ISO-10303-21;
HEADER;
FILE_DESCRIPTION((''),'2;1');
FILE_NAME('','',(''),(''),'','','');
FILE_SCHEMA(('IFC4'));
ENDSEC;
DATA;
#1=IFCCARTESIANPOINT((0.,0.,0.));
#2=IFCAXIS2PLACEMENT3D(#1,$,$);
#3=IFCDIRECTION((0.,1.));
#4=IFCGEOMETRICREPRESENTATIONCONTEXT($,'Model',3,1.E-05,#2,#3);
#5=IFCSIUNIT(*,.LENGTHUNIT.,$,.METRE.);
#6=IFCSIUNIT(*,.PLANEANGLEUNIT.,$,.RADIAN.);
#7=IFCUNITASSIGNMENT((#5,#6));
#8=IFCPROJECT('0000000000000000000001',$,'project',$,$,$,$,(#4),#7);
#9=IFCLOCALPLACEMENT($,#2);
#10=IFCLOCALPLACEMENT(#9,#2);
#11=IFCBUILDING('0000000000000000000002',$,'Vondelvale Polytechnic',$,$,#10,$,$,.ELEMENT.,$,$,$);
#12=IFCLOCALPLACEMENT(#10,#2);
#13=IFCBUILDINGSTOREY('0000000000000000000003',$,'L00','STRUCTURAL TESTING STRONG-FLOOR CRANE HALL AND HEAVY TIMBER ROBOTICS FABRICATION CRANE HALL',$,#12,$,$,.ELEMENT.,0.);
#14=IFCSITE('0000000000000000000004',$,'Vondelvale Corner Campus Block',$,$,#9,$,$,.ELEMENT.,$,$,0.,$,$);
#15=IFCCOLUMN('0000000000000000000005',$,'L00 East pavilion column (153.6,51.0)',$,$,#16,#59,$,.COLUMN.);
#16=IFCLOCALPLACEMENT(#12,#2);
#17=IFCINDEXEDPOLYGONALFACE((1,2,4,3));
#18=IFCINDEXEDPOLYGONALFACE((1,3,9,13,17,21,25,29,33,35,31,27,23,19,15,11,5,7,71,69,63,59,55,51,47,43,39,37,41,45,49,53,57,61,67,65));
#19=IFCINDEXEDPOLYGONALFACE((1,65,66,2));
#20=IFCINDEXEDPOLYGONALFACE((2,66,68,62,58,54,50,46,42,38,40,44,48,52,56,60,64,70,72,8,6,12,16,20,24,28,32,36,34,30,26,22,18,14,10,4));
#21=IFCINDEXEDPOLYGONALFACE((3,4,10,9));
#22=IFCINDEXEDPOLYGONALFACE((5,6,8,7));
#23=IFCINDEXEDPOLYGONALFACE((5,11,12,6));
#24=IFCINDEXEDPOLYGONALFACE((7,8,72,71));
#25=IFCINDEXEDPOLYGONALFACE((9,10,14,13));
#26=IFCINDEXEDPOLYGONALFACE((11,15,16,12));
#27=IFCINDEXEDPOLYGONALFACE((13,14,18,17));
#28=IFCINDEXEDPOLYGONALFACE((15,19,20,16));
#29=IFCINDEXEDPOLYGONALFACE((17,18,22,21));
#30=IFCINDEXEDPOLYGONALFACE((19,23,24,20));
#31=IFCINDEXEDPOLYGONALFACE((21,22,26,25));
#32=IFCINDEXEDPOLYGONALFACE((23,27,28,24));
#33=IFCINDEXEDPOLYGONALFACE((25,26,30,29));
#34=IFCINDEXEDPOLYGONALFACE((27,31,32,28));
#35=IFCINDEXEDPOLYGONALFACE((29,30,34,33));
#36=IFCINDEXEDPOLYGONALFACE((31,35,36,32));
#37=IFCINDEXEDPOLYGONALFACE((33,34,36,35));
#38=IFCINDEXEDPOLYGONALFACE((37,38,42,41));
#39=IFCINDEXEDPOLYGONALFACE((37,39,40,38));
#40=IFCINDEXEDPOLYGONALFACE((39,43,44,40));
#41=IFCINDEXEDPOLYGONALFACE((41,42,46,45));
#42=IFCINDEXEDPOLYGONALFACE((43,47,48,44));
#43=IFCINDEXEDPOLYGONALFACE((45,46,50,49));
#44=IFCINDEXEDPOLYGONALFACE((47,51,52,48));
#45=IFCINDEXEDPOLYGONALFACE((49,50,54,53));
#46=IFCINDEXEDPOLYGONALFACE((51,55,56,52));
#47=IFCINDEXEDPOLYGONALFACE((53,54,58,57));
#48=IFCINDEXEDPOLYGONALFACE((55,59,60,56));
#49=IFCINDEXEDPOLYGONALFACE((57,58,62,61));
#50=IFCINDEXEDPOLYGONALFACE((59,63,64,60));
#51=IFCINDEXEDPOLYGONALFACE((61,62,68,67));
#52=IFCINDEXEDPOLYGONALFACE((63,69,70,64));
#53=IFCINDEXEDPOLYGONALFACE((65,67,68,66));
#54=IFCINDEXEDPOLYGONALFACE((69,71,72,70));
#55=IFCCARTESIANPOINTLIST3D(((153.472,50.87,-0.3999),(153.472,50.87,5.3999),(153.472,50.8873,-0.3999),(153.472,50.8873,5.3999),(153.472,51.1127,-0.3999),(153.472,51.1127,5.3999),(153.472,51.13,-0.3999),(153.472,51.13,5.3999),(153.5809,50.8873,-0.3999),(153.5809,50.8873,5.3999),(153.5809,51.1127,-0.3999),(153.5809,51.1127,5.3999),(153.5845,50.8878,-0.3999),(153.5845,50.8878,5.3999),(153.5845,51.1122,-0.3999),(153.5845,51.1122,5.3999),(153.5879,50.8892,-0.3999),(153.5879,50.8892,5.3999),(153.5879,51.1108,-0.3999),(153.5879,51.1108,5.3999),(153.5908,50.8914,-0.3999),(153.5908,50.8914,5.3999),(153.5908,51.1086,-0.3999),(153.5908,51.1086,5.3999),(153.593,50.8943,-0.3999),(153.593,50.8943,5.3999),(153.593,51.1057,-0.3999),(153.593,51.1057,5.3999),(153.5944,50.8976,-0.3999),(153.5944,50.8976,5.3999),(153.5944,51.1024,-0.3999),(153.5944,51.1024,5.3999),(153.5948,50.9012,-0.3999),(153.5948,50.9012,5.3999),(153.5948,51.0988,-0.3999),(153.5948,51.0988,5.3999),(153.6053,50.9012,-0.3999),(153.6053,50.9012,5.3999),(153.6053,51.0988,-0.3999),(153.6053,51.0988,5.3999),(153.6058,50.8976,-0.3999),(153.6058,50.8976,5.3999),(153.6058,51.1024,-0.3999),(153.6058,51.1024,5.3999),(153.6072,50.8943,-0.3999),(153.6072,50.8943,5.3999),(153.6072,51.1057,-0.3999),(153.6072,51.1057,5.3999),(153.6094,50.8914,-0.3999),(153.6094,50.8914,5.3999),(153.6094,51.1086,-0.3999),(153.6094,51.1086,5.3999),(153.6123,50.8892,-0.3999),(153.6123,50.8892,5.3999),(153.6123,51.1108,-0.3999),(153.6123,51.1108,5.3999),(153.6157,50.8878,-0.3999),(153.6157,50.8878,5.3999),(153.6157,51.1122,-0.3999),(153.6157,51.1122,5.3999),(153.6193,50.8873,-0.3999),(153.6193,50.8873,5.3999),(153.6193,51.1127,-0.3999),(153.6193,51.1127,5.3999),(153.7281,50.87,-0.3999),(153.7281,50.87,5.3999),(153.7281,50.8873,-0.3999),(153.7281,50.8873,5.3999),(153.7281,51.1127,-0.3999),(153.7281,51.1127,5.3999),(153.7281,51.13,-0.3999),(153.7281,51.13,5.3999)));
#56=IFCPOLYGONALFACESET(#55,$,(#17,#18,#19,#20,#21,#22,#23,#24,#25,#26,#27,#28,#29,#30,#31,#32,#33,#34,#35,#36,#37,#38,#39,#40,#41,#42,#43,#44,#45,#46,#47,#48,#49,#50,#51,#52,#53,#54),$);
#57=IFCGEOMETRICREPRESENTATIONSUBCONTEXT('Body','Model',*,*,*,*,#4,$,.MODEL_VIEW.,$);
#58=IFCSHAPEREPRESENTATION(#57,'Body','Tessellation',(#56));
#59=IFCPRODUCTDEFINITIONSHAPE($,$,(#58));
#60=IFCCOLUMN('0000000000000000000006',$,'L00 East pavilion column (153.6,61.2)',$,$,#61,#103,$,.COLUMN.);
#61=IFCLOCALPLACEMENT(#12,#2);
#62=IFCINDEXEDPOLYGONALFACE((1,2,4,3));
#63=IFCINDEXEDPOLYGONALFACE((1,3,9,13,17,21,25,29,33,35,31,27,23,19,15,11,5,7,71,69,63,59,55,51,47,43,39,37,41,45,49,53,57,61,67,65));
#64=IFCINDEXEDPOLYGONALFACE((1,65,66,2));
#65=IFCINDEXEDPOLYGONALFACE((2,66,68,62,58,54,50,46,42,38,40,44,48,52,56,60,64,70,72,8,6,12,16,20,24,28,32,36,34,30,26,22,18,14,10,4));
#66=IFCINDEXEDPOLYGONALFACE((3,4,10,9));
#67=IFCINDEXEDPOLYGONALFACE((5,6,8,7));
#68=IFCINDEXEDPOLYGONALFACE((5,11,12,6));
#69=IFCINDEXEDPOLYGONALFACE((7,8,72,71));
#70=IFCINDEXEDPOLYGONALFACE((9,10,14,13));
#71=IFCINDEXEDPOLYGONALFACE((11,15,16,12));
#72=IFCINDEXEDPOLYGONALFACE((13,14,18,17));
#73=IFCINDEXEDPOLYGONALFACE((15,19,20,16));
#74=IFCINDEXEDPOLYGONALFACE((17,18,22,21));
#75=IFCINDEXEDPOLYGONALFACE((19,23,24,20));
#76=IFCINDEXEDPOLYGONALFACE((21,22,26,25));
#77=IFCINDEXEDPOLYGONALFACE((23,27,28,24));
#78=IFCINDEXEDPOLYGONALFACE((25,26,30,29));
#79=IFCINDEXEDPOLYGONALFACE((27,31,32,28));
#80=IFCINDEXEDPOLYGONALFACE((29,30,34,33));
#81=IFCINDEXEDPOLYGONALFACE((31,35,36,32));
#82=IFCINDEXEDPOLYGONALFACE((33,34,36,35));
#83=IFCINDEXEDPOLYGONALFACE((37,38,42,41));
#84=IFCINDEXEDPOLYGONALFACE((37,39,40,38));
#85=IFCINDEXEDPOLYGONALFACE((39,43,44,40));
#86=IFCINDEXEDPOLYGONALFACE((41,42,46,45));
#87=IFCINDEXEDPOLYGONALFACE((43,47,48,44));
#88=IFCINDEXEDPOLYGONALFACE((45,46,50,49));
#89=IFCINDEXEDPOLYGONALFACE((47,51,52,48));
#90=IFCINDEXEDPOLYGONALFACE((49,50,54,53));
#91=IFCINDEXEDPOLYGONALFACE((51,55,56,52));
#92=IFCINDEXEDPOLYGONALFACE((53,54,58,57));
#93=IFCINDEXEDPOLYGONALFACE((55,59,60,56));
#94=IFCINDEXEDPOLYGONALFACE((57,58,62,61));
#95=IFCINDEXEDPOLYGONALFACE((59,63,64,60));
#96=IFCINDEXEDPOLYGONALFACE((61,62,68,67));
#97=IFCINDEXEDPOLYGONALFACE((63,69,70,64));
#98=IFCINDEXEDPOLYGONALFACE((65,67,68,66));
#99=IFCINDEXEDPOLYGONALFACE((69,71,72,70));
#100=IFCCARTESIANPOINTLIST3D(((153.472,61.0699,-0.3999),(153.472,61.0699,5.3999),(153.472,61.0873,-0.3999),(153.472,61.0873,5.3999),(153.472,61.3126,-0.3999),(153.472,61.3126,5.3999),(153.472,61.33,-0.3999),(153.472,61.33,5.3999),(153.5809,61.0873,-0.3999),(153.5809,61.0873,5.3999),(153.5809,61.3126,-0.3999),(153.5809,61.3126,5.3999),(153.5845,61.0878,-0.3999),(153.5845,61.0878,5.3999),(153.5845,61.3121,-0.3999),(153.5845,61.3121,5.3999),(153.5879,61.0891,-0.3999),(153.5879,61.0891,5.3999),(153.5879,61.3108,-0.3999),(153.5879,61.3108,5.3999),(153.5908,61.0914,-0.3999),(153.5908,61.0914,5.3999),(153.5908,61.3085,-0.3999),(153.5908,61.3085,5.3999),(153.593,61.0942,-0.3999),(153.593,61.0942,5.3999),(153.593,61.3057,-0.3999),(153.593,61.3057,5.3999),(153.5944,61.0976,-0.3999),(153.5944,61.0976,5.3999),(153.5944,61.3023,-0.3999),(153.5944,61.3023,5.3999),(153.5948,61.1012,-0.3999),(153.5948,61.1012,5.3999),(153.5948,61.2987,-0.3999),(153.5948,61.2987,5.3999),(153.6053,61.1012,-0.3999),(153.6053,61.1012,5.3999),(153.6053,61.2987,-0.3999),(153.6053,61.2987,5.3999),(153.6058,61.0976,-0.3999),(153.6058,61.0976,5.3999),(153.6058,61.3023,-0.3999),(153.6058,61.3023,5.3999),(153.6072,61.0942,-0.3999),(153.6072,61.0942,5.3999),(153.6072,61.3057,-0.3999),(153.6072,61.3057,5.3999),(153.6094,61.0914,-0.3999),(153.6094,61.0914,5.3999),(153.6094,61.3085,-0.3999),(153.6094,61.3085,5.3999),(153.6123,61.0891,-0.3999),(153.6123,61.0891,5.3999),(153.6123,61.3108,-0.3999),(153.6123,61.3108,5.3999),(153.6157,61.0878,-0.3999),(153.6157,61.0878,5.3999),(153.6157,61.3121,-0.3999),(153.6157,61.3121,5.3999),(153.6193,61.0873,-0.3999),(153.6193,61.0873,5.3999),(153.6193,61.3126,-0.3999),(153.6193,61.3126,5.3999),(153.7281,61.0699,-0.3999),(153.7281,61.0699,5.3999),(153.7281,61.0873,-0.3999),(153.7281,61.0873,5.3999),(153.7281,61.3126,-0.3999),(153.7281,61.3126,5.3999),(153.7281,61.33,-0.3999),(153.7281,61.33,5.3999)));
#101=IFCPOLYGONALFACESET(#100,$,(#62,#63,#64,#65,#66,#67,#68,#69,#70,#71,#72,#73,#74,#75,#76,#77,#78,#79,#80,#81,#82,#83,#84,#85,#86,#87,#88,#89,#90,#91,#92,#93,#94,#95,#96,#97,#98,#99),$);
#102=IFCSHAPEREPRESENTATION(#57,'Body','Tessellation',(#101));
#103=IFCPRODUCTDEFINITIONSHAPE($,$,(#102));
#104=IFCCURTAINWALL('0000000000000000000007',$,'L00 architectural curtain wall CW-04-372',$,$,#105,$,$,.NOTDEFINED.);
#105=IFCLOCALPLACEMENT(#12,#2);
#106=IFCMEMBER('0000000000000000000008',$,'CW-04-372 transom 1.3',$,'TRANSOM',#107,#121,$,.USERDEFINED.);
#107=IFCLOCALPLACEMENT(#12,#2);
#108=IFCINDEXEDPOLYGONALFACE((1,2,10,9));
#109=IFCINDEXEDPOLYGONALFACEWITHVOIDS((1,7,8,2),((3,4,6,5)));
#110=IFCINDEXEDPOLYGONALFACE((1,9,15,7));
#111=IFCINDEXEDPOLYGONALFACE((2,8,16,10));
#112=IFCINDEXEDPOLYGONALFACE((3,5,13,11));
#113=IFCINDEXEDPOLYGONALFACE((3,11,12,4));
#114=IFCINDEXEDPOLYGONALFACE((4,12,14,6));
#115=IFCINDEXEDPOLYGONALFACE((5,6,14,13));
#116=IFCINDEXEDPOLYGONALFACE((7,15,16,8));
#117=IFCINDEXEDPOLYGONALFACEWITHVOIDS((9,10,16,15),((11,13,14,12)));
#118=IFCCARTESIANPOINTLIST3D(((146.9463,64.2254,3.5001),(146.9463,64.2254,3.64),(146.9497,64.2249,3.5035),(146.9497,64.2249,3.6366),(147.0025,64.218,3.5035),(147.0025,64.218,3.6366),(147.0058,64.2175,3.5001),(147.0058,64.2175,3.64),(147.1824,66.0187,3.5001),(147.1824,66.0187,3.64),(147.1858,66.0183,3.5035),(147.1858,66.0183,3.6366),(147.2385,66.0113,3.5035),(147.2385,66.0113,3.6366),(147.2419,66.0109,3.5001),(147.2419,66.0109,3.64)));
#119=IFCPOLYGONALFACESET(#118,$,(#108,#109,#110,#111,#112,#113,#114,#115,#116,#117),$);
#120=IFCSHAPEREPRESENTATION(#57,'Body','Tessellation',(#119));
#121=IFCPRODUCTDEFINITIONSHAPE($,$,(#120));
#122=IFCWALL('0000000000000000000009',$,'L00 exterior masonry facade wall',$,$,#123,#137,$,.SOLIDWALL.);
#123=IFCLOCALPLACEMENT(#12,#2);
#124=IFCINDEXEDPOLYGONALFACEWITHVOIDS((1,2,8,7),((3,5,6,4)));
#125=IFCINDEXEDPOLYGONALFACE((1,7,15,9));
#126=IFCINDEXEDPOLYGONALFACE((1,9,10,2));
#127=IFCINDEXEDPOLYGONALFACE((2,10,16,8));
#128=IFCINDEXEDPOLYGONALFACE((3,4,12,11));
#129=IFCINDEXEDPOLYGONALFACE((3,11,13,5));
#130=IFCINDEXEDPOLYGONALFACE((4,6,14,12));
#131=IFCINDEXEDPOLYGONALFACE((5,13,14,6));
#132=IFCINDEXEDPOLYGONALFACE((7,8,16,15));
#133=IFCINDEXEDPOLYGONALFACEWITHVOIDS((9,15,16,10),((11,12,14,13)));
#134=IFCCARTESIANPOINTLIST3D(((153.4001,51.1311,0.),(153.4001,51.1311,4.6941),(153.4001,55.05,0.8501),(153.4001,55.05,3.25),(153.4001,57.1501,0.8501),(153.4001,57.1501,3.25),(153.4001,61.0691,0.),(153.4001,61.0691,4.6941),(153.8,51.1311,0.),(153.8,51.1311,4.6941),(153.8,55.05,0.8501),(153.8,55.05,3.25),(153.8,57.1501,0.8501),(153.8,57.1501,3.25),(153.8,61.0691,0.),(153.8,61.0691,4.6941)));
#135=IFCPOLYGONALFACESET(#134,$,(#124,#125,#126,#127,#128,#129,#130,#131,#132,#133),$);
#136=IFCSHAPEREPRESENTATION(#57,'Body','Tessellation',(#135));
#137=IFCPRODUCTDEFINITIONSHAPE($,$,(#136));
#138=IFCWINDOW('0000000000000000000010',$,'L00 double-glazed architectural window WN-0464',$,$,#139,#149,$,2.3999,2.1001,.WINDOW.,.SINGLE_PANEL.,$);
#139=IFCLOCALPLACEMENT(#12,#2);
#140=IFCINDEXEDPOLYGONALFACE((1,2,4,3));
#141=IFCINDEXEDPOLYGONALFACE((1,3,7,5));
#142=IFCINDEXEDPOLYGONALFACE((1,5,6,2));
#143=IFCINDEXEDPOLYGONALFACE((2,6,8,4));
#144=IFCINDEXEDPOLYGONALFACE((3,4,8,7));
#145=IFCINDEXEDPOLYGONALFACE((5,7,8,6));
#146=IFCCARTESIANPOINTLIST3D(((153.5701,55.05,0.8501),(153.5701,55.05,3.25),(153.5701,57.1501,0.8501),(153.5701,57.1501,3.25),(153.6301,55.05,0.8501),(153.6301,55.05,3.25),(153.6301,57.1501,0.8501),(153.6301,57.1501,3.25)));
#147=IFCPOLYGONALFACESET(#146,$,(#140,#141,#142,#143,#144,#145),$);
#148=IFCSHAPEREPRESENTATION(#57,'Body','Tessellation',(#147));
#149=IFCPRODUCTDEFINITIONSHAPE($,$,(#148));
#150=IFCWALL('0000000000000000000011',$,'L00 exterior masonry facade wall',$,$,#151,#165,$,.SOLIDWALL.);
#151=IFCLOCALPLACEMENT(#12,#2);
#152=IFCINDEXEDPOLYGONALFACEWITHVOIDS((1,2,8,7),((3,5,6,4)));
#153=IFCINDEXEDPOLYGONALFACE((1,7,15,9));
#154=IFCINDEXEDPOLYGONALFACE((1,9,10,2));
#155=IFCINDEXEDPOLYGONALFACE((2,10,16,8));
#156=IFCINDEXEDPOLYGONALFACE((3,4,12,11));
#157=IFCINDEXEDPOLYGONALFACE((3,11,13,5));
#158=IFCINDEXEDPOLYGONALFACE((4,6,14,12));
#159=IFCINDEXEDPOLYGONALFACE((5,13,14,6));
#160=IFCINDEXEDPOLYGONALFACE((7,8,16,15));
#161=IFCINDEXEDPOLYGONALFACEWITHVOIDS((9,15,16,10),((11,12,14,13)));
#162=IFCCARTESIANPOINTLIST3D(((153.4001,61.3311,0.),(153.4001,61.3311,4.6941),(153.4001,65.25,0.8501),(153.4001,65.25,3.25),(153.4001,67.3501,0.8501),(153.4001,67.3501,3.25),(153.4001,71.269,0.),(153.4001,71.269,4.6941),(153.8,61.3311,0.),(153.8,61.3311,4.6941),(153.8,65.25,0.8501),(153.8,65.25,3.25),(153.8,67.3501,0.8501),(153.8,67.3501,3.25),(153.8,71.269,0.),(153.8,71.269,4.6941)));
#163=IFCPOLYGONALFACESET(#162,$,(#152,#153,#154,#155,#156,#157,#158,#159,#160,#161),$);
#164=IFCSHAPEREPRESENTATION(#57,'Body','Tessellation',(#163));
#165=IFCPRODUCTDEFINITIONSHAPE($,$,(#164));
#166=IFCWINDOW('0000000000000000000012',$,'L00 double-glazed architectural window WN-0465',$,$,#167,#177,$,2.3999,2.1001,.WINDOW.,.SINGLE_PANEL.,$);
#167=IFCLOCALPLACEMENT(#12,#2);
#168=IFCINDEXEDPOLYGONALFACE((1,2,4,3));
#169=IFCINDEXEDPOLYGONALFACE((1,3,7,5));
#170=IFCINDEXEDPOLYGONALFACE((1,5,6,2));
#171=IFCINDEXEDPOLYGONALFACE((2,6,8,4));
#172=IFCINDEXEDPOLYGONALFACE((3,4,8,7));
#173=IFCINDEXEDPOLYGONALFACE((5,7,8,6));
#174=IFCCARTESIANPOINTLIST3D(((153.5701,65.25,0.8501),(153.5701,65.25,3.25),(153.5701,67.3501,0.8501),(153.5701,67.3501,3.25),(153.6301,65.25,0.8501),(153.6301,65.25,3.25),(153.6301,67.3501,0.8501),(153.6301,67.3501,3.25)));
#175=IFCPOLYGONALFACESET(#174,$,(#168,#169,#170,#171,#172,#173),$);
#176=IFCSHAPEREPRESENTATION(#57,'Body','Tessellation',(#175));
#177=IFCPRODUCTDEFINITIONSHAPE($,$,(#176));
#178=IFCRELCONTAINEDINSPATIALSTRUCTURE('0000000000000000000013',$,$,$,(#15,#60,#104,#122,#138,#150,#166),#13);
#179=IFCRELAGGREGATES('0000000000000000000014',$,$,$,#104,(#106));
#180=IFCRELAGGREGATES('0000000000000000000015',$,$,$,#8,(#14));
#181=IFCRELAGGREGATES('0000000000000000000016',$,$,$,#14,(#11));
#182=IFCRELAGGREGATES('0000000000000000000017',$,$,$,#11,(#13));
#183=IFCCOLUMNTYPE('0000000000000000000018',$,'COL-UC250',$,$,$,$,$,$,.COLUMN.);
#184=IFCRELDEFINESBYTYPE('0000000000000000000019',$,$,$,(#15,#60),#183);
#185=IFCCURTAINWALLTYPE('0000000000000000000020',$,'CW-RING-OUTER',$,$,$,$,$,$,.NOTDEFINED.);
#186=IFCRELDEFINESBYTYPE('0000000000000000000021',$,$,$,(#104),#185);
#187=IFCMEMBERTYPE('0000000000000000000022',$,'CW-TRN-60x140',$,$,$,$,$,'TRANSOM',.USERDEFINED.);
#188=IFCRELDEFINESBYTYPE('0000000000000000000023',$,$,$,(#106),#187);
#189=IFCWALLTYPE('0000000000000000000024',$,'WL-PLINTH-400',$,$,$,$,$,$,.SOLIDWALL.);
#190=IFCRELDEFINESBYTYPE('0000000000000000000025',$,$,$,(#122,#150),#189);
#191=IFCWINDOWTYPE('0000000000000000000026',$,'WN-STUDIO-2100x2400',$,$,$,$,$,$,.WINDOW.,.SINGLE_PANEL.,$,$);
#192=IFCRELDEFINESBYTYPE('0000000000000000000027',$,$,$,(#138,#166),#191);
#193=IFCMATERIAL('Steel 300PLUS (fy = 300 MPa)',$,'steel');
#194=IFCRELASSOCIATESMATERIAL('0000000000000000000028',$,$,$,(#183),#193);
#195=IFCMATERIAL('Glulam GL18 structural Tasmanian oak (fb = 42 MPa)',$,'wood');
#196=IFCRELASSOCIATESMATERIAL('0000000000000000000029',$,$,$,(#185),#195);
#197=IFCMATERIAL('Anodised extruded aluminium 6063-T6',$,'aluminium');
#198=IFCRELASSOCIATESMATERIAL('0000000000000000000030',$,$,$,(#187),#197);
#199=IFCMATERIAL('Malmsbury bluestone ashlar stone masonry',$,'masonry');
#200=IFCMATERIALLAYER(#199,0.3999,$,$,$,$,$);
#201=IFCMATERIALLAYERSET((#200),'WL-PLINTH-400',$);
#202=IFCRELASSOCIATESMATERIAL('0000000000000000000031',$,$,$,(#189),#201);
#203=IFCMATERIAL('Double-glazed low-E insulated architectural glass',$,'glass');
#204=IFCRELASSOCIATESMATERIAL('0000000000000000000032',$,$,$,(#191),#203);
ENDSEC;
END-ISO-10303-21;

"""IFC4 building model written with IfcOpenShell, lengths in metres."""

from ifc_helpers import new_model, si_unit, direction, frame, frame_2d, origin, origin_2d, place, context, subcontext, project, spatial, rectangle, hollow_rectangle, i_section, extrude, material, layer, layer_set, material_profile, profile_set, type_object, element, fill, aggregate, save


model = new_model("IFC4")

# Units and contexts
model_context = context("Model", 3, precision=1e-05, world=origin(), true_north=direction((0.0, 1.0)))
body_context = subcontext(model_context, "Body", "Model", "MODEL_VIEW")
ifc_project = project(units=[si_unit("LENGTHUNIT", "METRE"), si_unit("PLANEANGLEUNIT", "RADIAN")], contexts=[model_context])

# Site, building, storey
site_placement = place(None, origin())
site = spatial("IfcSite", under=ifc_project, at=site_placement, Name="Vondelvale Corner Campus Block", CompositionType="ELEMENT", RefElevation=0.0)
building_placement = place(site_placement, origin())
building = spatial("IfcBuilding", under=site, at=building_placement, Name="Vondelvale Polytechnic", CompositionType="ELEMENT")
storey_placement = place(building_placement, origin())
storey = spatial("IfcBuildingStorey", under=building, at=storey_placement, Name="L00", Description="STRUCTURAL TESTING STRONG-FLOOR CRANE HALL AND HEAVY TIMBER ROBOTICS FABRICATION CRANE HALL", CompositionType="ELEMENT", Elevation=0.0)

# Columns
ifc_material_1 = material(Name="Steel 300PLUS (fy = 300 MPa)", Category="steel")
ifc_material_profile_1 = material_profile(ifc_material_1, i_section(OverallWidth=0.2561, OverallDepth=0.26, WebThickness=0.0105, FlangeThickness=0.0173, FilletRadius=0.0139, at=origin_2d()), Name="250UC89.5")
ifc_profile_set_1 = profile_set([ifc_material_profile_1], Name="Steel 300PLUS (fy = 300 MPa)")
column_type = type_object("IfcColumnType", Name="COL-UC250", PredefinedType="COLUMN", material=ifc_profile_set_1)
for number, where, z_axis, x_axis, name in (
    (1, (153.6001, 51.0, -0.3999), (0.0, 0.0, 1.0), (1.0, 0.0, 0.0), "L00 East pavilion column (153.6,51.0)"),
    (2, (153.6001, 61.2, -0.3999), (0.0, 0.0, 1.0), (1.0, 0.0, 0.0), "L00 East pavilion column (153.6,61.2)"),
):
    element("IfcColumn", number, at=place(storey_placement, frame(where, z_axis=z_axis, x_axis=x_axis)), inside=storey, type_object=column_type, Name=name, PredefinedType="COLUMN", context=body_context, shape_type="SweptSolid", body=[
        extrude(i_section(OverallWidth=0.2561, OverallDepth=0.26, WebThickness=0.0105, FlangeThickness=0.0173, FilletRadius=0.0139, at=origin_2d()), origin(), (0.0, 0.0, 1.0), 5.7998),
    ])

# Curtain wall, member
ifc_material_2 = material(Name="Glulam GL18 structural Tasmanian oak (fb = 42 MPa)", Category="wood")
curtain_wall_type = type_object("IfcCurtainWallType", Name="CW-RING-OUTER", PredefinedType="NOTDEFINED", material=ifc_material_2)
curtain_wall_placement = place(storey_placement, origin())
curtain_wall = element("IfcCurtainWall", 3, at=curtain_wall_placement, inside=storey, type_object=curtain_wall_type, Name="L00 architectural curtain wall CW-04-372", PredefinedType="NOTDEFINED")
ifc_material_3 = material(Name="Anodised extruded aluminium 6063-T6", Category="aluminium")
ifc_material_profile_2 = material_profile(ifc_material_3, hollow_rectangle(XDim=0.0601, YDim=0.1399, WallThickness=0.0034, at=origin_2d()), Name="CW-TRN-140x60")
ifc_profile_set_2 = profile_set([ifc_material_profile_2], Name="Anodised extruded aluminium 6063-T6")
member_type = type_object("IfcMemberType", Name="CW-TRN-60x140", ElementType="TRANSOM", PredefinedType="USERDEFINED", material=ifc_profile_set_2)
member_placement = place(storey_placement, frame((146.9761, 64.2214, 3.5701), z_axis=(0.13051, 0.991447, 0.0), x_axis=(-0.991447, 0.13051, 0.0)))
member = element("IfcMember", 4, at=member_placement, type_object=member_type, Name="CW-04-372 transom 1.3", ObjectType="TRANSOM", PredefinedType="USERDEFINED", context=body_context, shape_type="SweptSolid", body=[
    extrude(hollow_rectangle(XDim=0.0601, YDim=0.1399, WallThickness=0.0034, at=origin_2d()), origin(), (0.0, 0.0, 1.0), 1.8088),
])
aggregate(curtain_wall, [member])

# Walls, openings, windows
ifc_material_4 = material(Name="Malmsbury bluestone ashlar stone masonry", Category="masonry")
ifc_layer_1 = layer(ifc_material_4, 0.3999)
ifc_layer_set_1 = layer_set([ifc_layer_1], Name="WL-PLINTH-400")
wall_type = type_object("IfcWallType", Name="WL-PLINTH-400", PredefinedType="SOLIDWALL", material=ifc_layer_set_1)
wall_1_placement = place(storey_placement, frame((153.6001, 51.1311, 0.0), z_axis=(0.0, 0.0, 1.0), x_axis=(0.0, 1.0, 0.0)))
wall_1 = element("IfcWall", 5, at=wall_1_placement, inside=storey, type_object=wall_type, Name="L00 exterior masonry facade wall", PredefinedType="SOLIDWALL", context=body_context, shape_type="SweptSolid", body=[
    extrude(rectangle(XDim=9.938, YDim=0.3999, at=frame_2d((4.969, 0.0))), origin(), (0.0, 0.0, 1.0), 4.6941),
])
opening_1_placement = place(wall_1_placement, frame((3.9189, 0.0, 0.8501)))
opening_1 = element("IfcOpeningElement", 6, at=opening_1_placement, cuts=wall_1, PredefinedType="OPENING", context=body_context, shape_type="SweptSolid", body=[
    extrude(rectangle(XDim=2.1001, YDim=2.3999, at=frame_2d((1.05, 1.2))), frame((0.0, 0.21, 0.0), z_axis=(0.0, -1.0, 0.0), x_axis=(1.0, 0.0, 0.0)), (0.0, 0.0, 1.0), 0.4199),
])
ifc_material_5 = material(Name="Double-glazed low-E insulated architectural glass", Category="glass")
window_type = type_object("IfcWindowType", Name="WN-STUDIO-2100x2400", PartitioningType="SINGLE_PANEL", PredefinedType="WINDOW", material=ifc_material_5)
window_1_placement = place(opening_1_placement, origin())
window_1 = element("IfcWindow", 7, at=window_1_placement, inside=storey, type_object=window_type, Name="L00 double-glazed architectural window WN-0464", OverallHeight=2.3999, OverallWidth=2.1001, PartitioningType="SINGLE_PANEL", PredefinedType="WINDOW", context=body_context, shape_type="SweptSolid", body=[
    extrude(rectangle(XDim=2.1001, YDim=2.3999, at=frame_2d((1.05, 1.2))), frame((0.0, 0.03, 0.0), z_axis=(0.0, -1.0, 0.0), x_axis=(1.0, 0.0, 0.0)), (0.0, 0.0, 1.0), 0.0601),
])
fill(opening_1, window_1)
wall_2_placement = place(storey_placement, frame((153.6001, 61.3311, 0.0), z_axis=(0.0, 0.0, 1.0), x_axis=(0.0, 1.0, 0.0)))
wall_2 = element("IfcWall", 8, at=wall_2_placement, inside=storey, type_object=wall_type, Name="L00 exterior masonry facade wall", PredefinedType="SOLIDWALL", context=body_context, shape_type="SweptSolid", body=[
    extrude(rectangle(XDim=9.938, YDim=0.3999, at=frame_2d((4.969, 0.0))), origin(), (0.0, 0.0, 1.0), 4.6941),
])
opening_2_placement = place(wall_2_placement, frame((3.9189, 0.0, 0.8501)))
opening_2 = element("IfcOpeningElement", 9, at=opening_2_placement, cuts=wall_2, PredefinedType="OPENING", context=body_context, shape_type="SweptSolid", body=[
    extrude(rectangle(XDim=2.1001, YDim=2.3999, at=frame_2d((1.05, 1.2))), frame((0.0, 0.21, 0.0), z_axis=(0.0, -1.0, 0.0), x_axis=(1.0, 0.0, 0.0)), (0.0, 0.0, 1.0), 0.4199),
])
window_2_placement = place(opening_2_placement, origin())
window_2 = element("IfcWindow", 10, at=window_2_placement, inside=storey, type_object=window_type, Name="L00 double-glazed architectural window WN-0465", OverallHeight=2.3999, OverallWidth=2.1001, PartitioningType="SINGLE_PANEL", PredefinedType="WINDOW", context=body_context, shape_type="SweptSolid", body=[
    extrude(rectangle(XDim=2.1001, YDim=2.3999, at=frame_2d((1.05, 1.2))), frame((0.0, 0.03, 0.0), z_axis=(0.0, -1.0, 0.0), x_axis=(1.0, 0.0, 0.0)), (0.0, 0.0, 1.0), 0.0601),
])
fill(opening_2, window_2)

save(model, "model.ifc")
